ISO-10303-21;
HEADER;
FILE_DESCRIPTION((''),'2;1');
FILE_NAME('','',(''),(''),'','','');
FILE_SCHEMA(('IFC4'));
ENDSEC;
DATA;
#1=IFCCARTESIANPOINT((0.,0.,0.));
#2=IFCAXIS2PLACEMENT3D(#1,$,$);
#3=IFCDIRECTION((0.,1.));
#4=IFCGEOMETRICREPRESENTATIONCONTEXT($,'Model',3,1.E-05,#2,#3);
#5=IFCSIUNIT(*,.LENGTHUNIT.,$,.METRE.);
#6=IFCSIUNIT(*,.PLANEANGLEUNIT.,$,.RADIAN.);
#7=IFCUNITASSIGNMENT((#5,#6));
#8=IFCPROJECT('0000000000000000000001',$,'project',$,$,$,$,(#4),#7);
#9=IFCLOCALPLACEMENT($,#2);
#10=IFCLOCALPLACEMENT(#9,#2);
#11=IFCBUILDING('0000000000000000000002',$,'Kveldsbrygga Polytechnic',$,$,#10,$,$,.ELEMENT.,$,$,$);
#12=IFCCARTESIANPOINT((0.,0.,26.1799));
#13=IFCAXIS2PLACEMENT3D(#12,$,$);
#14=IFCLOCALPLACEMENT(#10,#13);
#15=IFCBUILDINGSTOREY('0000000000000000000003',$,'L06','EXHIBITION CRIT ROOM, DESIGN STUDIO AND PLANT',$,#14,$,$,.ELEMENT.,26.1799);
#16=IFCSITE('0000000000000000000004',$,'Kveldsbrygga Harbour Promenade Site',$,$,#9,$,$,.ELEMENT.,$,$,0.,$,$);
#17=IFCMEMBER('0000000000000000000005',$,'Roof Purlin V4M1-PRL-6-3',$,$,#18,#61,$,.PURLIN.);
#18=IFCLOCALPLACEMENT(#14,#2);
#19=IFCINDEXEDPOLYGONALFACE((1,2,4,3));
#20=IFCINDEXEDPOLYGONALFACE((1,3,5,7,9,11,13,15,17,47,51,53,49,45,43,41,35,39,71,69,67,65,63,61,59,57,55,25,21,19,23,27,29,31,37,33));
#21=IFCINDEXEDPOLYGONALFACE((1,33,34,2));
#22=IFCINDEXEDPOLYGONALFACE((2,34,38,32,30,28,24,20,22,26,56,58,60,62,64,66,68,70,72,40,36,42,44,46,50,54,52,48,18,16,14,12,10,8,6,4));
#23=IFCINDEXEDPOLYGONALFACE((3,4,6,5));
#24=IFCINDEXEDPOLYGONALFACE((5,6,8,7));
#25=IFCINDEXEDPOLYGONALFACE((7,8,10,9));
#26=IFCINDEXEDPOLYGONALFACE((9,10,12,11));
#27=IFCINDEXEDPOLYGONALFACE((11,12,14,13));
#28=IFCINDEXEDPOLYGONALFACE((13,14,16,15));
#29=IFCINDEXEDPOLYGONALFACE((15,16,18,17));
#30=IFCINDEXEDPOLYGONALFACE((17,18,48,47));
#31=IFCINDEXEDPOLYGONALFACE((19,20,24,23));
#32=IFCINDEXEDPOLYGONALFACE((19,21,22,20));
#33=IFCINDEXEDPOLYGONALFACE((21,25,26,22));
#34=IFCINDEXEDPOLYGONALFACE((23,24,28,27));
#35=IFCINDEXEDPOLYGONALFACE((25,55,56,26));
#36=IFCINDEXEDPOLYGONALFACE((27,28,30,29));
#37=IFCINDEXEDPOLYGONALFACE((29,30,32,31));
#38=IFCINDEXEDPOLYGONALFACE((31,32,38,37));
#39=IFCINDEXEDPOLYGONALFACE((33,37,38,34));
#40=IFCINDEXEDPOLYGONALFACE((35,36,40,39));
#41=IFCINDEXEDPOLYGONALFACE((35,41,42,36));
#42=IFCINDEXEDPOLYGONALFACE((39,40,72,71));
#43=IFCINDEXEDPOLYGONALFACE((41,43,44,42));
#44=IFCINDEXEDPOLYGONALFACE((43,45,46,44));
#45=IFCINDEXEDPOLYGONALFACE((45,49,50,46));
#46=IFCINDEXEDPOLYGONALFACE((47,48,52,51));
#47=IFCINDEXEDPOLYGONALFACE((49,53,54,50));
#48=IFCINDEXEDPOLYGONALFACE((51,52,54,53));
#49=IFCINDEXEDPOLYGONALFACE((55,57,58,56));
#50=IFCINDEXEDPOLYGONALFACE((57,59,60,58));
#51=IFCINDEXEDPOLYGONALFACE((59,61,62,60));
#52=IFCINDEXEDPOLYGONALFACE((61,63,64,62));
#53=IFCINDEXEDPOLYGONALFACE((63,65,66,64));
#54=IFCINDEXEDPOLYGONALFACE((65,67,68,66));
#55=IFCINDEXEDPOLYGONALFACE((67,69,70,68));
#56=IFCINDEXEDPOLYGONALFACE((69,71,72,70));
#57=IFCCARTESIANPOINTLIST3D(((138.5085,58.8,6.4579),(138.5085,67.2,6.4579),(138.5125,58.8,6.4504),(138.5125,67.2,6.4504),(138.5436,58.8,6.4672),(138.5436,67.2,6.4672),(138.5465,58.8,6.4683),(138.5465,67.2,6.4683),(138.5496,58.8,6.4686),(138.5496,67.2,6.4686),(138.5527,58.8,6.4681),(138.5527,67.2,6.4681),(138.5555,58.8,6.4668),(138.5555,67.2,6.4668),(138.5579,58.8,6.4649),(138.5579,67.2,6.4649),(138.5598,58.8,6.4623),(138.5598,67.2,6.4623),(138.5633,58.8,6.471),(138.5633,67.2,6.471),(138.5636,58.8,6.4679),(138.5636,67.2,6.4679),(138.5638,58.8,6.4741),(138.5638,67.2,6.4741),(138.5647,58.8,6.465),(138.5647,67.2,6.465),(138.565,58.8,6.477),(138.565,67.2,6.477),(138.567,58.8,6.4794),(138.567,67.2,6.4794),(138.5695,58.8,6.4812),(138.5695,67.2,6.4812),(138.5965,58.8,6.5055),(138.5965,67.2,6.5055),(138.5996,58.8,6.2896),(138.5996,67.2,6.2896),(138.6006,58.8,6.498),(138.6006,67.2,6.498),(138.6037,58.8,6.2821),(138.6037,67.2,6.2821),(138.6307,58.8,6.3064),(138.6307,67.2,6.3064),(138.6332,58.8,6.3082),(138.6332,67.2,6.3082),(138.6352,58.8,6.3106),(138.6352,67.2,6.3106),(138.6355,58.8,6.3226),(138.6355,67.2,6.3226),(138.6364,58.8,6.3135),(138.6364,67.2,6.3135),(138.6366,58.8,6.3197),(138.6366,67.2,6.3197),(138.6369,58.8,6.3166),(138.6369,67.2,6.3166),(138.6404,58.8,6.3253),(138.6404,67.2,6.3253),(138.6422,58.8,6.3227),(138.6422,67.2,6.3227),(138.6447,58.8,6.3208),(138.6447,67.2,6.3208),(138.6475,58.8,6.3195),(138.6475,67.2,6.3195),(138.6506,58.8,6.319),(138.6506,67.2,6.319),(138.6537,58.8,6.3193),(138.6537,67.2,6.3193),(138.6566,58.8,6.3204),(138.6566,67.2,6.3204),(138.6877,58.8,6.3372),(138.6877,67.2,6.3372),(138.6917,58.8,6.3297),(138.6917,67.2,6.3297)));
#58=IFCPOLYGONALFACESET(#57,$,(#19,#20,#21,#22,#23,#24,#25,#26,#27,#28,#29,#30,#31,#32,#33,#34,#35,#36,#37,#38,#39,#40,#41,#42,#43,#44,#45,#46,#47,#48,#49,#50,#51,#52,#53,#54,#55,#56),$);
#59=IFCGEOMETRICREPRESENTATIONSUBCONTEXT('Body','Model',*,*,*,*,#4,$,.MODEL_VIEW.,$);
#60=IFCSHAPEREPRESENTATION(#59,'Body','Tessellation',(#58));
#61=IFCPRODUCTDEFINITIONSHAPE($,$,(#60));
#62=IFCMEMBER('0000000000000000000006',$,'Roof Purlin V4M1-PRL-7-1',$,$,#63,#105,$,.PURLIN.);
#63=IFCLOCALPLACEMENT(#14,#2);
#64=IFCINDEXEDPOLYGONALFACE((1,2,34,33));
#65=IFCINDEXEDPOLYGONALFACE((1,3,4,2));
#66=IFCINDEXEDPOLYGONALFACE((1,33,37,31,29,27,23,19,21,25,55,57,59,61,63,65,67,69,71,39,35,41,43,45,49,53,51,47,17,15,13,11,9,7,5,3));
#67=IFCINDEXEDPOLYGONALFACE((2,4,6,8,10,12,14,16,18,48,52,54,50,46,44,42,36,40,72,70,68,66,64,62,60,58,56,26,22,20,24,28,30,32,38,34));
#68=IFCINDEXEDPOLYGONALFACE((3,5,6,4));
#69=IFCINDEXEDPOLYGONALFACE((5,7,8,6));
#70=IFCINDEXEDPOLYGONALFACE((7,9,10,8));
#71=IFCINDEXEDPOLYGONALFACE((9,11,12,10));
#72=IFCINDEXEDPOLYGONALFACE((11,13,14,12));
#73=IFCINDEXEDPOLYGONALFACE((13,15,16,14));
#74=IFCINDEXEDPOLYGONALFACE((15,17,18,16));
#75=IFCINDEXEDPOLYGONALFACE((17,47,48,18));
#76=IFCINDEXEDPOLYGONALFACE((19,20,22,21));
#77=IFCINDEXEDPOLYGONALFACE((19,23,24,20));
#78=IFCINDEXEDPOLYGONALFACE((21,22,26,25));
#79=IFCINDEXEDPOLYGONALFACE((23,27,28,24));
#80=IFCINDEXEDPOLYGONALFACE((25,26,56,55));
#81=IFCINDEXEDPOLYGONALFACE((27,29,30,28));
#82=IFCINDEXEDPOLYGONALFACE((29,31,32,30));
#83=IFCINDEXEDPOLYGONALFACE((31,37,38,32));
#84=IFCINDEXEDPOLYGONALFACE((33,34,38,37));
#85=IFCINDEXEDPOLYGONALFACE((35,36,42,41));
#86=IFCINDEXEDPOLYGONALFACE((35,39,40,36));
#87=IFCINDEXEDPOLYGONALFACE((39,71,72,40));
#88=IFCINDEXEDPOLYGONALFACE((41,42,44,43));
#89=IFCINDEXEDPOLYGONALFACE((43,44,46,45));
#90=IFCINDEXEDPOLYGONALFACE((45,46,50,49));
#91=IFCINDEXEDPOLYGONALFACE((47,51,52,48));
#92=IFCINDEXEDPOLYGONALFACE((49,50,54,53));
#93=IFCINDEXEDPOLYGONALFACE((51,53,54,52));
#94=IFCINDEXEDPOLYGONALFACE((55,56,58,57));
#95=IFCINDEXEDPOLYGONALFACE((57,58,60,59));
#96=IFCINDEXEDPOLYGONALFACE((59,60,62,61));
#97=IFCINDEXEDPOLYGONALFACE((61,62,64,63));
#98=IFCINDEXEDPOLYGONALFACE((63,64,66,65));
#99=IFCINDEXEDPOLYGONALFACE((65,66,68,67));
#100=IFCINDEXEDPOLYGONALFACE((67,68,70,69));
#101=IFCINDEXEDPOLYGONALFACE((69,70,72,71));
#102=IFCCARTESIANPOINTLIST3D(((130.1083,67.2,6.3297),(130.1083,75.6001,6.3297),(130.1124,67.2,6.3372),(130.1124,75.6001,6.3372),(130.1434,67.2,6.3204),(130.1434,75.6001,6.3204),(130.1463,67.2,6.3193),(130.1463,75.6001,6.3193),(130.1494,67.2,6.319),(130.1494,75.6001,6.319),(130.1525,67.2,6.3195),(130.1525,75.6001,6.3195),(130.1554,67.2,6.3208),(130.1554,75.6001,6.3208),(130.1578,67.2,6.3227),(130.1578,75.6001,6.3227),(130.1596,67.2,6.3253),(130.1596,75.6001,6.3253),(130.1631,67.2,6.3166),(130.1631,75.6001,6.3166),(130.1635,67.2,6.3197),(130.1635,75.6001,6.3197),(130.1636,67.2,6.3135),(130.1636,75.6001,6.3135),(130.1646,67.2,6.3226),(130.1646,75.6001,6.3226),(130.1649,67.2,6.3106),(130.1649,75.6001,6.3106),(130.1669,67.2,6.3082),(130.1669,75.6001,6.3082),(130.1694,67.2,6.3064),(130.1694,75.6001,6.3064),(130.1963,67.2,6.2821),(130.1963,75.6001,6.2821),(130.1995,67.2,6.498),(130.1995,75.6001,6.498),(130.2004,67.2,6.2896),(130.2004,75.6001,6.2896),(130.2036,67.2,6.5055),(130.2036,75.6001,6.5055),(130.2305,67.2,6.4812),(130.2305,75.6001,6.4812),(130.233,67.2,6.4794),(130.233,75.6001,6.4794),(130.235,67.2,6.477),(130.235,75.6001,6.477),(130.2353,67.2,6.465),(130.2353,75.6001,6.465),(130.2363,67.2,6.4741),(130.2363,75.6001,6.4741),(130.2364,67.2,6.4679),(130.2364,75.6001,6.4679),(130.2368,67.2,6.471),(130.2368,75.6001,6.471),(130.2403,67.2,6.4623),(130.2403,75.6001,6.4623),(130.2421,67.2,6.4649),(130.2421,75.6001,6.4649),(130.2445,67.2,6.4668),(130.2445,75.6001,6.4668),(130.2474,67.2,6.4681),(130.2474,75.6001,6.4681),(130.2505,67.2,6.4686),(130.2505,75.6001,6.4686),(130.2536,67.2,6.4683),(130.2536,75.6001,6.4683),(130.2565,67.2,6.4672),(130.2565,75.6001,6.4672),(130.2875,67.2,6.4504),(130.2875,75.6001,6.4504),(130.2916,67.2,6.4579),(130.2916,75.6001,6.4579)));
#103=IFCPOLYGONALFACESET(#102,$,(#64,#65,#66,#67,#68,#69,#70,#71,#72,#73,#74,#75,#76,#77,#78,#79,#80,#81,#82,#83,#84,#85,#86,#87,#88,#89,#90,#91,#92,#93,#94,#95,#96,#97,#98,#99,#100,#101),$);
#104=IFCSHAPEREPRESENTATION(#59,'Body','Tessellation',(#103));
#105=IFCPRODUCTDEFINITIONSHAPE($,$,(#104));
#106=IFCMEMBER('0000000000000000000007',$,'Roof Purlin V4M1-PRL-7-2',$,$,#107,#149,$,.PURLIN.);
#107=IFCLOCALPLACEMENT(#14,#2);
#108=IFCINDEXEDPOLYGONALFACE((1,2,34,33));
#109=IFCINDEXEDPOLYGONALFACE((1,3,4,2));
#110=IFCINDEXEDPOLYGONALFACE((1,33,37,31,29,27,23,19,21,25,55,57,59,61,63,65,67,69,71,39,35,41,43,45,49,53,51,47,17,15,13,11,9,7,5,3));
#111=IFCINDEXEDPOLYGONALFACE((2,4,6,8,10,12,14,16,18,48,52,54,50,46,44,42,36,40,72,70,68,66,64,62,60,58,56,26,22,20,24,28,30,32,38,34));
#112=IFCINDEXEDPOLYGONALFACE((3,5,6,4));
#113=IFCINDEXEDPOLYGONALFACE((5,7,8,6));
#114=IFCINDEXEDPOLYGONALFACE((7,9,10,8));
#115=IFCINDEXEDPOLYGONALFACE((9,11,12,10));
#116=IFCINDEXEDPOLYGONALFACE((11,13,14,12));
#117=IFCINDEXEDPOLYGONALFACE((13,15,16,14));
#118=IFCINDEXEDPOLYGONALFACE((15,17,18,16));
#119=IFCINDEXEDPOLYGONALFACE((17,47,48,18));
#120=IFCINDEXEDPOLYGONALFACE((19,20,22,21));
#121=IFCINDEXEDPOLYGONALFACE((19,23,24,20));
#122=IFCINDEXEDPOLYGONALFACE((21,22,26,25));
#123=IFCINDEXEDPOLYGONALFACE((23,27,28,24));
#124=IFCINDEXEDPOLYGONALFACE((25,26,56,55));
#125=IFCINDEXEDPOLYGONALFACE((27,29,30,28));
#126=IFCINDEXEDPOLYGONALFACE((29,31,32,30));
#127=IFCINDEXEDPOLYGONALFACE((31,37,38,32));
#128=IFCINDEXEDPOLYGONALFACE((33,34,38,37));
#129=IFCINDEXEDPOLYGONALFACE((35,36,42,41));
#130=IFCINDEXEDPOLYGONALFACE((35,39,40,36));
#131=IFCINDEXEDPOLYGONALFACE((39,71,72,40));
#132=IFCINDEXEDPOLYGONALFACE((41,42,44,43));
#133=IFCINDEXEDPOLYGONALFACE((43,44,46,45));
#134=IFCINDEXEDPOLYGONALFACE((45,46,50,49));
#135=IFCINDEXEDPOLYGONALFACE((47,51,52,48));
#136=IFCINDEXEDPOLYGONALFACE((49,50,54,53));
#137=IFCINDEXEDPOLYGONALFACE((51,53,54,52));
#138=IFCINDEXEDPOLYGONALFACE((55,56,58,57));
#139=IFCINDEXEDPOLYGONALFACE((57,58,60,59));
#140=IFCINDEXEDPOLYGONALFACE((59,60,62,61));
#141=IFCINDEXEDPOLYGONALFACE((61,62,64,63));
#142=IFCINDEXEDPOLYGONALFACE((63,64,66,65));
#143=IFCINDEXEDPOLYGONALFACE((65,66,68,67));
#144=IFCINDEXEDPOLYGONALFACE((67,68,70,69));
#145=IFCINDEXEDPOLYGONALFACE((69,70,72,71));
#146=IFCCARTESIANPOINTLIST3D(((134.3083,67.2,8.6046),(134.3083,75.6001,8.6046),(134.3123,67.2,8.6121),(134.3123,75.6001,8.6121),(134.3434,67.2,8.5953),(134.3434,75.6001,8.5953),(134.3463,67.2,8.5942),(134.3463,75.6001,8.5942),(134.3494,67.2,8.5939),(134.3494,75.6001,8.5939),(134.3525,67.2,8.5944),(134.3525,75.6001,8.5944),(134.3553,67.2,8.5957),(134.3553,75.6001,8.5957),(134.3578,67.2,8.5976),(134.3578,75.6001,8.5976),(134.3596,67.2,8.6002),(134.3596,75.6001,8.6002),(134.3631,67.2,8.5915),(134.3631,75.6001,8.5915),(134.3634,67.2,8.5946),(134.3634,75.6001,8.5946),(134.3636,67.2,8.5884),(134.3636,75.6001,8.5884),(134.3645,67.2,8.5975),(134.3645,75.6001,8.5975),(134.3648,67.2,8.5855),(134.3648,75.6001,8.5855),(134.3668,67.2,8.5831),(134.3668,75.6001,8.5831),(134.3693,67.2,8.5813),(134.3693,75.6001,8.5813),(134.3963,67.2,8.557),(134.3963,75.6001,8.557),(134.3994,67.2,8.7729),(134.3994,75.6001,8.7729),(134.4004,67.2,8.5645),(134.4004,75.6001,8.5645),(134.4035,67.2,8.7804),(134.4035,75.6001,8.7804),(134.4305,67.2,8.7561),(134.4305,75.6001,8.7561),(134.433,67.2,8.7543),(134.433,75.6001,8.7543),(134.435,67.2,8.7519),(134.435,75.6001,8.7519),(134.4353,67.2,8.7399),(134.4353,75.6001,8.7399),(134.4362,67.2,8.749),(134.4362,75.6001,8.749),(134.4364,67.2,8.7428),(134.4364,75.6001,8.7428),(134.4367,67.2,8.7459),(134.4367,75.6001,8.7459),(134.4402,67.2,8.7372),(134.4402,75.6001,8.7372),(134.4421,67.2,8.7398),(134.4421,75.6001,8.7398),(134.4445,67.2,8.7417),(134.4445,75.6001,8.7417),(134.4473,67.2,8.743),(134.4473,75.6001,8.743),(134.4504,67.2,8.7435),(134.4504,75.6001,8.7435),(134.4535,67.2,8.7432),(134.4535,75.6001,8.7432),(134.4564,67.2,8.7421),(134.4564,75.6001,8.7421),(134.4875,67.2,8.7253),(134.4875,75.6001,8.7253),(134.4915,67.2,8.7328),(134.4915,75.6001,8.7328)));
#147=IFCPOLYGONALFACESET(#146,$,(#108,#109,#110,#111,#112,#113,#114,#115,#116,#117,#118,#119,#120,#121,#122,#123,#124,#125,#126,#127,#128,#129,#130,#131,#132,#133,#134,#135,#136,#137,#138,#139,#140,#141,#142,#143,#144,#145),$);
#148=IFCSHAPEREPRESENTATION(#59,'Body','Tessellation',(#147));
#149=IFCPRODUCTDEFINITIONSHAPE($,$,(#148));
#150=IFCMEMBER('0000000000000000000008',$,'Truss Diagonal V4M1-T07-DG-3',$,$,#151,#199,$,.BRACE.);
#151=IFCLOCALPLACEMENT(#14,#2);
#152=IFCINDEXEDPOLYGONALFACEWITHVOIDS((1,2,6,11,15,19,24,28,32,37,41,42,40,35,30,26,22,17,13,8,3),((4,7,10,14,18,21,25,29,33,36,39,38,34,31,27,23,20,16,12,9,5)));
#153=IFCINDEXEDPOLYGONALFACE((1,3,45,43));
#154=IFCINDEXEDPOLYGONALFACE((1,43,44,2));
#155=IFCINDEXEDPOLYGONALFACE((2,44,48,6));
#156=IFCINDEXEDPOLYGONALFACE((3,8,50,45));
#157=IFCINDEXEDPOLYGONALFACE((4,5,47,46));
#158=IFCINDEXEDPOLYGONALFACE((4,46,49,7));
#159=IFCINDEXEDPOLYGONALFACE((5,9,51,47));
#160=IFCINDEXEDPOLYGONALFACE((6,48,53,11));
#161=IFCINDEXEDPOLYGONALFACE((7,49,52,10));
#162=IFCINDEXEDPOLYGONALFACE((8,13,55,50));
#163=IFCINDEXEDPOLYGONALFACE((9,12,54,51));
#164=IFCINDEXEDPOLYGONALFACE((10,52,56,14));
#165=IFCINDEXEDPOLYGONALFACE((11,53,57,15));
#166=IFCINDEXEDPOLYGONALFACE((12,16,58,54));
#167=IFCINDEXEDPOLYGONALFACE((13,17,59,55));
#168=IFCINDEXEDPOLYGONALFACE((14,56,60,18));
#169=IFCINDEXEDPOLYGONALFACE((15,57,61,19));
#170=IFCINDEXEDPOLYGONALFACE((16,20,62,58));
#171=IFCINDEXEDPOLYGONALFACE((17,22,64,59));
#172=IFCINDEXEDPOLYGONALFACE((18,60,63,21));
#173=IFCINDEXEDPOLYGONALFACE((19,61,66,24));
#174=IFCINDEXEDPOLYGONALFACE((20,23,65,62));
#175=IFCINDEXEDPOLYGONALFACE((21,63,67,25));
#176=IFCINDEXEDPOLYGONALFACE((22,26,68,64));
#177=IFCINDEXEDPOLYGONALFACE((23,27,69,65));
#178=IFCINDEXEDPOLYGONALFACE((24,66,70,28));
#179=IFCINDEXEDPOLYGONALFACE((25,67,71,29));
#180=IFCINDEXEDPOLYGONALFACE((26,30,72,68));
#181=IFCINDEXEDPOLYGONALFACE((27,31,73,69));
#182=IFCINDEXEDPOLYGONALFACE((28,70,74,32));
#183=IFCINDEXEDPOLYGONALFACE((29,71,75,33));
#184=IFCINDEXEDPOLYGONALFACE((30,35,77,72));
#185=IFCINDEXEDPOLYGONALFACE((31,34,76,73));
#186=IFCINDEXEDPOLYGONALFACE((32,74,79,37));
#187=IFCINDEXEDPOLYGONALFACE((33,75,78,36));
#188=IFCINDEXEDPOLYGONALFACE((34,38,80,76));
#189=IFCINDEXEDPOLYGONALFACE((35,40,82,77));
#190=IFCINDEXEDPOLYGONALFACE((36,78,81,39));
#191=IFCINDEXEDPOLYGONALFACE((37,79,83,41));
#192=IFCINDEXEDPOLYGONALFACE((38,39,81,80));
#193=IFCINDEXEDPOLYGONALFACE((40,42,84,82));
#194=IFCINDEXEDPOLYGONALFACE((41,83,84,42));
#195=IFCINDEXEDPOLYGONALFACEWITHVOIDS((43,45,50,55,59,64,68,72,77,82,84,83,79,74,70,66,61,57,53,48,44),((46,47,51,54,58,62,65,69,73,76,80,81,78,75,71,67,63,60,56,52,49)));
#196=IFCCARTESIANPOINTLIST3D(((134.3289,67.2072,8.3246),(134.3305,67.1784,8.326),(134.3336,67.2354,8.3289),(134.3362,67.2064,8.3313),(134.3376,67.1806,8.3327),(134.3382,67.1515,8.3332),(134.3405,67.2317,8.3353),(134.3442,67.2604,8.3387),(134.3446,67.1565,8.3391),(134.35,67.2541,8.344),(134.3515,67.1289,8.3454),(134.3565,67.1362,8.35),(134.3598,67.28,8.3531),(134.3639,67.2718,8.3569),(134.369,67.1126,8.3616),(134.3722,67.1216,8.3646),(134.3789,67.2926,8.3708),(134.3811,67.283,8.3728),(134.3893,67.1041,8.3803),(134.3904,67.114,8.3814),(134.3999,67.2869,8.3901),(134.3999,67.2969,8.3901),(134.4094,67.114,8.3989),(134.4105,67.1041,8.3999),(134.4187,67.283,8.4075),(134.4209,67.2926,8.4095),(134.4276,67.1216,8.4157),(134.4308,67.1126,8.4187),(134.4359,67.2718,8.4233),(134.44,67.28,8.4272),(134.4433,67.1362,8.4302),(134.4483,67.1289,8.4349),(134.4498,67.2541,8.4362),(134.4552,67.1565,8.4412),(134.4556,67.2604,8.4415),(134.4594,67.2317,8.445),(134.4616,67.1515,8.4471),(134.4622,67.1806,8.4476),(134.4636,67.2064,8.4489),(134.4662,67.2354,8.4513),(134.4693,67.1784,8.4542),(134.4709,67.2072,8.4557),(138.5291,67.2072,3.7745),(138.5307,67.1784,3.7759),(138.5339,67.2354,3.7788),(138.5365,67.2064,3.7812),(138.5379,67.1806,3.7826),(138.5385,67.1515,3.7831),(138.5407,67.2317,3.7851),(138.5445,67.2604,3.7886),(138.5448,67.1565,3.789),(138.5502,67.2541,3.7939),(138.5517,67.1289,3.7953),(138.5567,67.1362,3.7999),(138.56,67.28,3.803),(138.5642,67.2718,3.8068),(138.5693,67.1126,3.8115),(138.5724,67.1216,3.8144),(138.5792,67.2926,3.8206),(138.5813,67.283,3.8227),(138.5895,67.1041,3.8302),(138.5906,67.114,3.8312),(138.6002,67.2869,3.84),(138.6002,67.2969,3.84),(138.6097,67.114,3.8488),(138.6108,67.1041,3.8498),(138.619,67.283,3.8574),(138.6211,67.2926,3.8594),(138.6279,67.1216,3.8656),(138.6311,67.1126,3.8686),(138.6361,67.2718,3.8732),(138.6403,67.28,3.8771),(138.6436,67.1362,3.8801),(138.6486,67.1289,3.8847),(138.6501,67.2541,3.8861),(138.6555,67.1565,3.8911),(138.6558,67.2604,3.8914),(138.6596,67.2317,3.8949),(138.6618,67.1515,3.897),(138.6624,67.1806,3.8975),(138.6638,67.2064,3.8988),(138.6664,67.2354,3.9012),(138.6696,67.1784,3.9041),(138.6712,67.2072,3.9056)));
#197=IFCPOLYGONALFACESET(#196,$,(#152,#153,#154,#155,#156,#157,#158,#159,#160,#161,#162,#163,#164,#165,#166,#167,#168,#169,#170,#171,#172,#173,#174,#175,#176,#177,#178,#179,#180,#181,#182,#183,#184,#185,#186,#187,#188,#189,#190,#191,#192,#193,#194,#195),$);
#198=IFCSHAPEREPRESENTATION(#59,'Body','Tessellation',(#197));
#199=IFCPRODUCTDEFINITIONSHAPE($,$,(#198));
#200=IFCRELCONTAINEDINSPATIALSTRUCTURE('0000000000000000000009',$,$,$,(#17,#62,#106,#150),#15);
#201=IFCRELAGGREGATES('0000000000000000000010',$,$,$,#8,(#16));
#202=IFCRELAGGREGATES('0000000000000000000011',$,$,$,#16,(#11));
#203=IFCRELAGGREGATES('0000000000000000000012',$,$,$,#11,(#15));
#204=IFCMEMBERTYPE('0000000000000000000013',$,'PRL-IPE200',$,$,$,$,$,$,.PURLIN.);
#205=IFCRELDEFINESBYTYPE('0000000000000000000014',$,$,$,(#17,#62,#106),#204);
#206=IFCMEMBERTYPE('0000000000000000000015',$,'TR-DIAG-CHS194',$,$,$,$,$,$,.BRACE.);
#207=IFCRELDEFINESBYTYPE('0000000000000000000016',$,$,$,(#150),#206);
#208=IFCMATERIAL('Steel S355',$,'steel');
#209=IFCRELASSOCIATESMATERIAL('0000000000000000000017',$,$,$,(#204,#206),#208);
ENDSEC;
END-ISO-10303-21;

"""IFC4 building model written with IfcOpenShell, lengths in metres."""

from ifc_helpers import new_model, si_unit, direction, frame, origin, origin_2d, place, context, subcontext, project, spatial, hollow_circle, i_section, extrude, material, material_profile, profile_set, type_object, element, save


model = new_model("IFC4")

# Units and contexts
model_context = context("Model", 3, precision=1e-05, world=origin(), true_north=direction((0.0, 1.0)))
body_context = subcontext(model_context, "Body", "Model", "MODEL_VIEW")
ifc_project = project(units=[si_unit("LENGTHUNIT", "METRE"), si_unit("PLANEANGLEUNIT", "RADIAN")], contexts=[model_context])

# Site, building, storey
site_placement = place(None, origin())
site = spatial("IfcSite", under=ifc_project, at=site_placement, Name="Kveldsbrygga Harbour Promenade Site", CompositionType="ELEMENT", RefElevation=0.0)
building_placement = place(site_placement, origin())
building = spatial("IfcBuilding", under=site, at=building_placement, Name="Kveldsbrygga Polytechnic", CompositionType="ELEMENT")
storey_placement = place(building_placement, frame((0.0, 0.0, 26.1799)))
storey = spatial("IfcBuildingStorey", under=building, at=storey_placement, Name="L06", Description="EXHIBITION CRIT ROOM, DESIGN STUDIO AND PLANT", CompositionType="ELEMENT", Elevation=26.1799)

# Shared definitions
ifc_material_1 = material(Name="Steel S355", Category="steel")

# Members
ifc_material_profile_1 = material_profile(ifc_material_1, i_section(OverallWidth=0.1001, OverallDepth=0.2, WebThickness=0.0056, FlangeThickness=0.0085, FilletRadius=0.012, at=origin_2d()), Name="IPE 200")
ifc_profile_set_1 = profile_set([ifc_material_profile_1], Name="Steel S355")
member_type_1 = type_object("IfcMemberType", Name="PRL-IPE200", PredefinedType="PURLIN", material=ifc_profile_set_1)
for number, where, z_axis, x_axis, name in (
    (1, (138.6001, 58.8, 6.3938), (0.0, 1.0, 0.0), (-0.879292, 0.0, -0.476283), "Roof Purlin V4M1-PRL-6-3"),
):
    element("IfcMember", number, at=place(storey_placement, frame(where, z_axis=z_axis, x_axis=x_axis)), inside=storey, type_object=member_type_1, Name=name, PredefinedType="PURLIN", context=body_context, shape_type="SweptSolid", body=[
        extrude(i_section(OverallWidth=0.1001, OverallDepth=0.2, WebThickness=0.0056, FlangeThickness=0.0085, FilletRadius=0.012, at=origin_2d()), origin(), (0.0, 0.0, 1.0), 8.3999),
    ])
for number, where, z_axis, x_axis, name in (
    (2, (130.2, 67.2, 6.3938), (0.0, 1.0, 0.0), (-0.879292, 0.0, 0.476283), "Roof Purlin V4M1-PRL-7-1"),
    (3, (134.3999, 67.2, 8.6687), (0.0, 1.0, 0.0), (-0.879292, 0.0, 0.476283), "Roof Purlin V4M1-PRL-7-2"),
):
    element("IfcMember", number, at=place(storey_placement, frame(where, z_axis=z_axis, x_axis=x_axis)), inside=storey, type_object=member_type_1, Name=name, PredefinedType="PURLIN", context=body_context, shape_type="SweptSolid", body=[
        extrude(i_section(OverallWidth=0.1001, OverallDepth=0.2, WebThickness=0.0056, FlangeThickness=0.0085, FilletRadius=0.012, at=origin_2d()), origin(), (0.0, 0.0, 1.0), 8.4001),
    ])
ifc_material_profile_2 = material_profile(ifc_material_1, hollow_circle(Radius=0.0969, WallThickness=0.01, at=origin_2d()), Name="CHS 193.7x10.0")
ifc_profile_set_2 = profile_set([ifc_material_profile_2], Name="Steel S355")
member_type_2 = type_object("IfcMemberType", Name="TR-DIAG-CHS194", PredefinedType="BRACE", material=ifc_profile_set_2)
member_1_placement = place(storey_placement, frame((134.3999, 67.2, 8.3901), z_axis=(0.678293, 0.0, -0.734791), x_axis=(0.0, 1.0, 0.0)))
element("IfcMember", 4, at=member_1_placement, inside=storey, type_object=member_type_2, Name="Truss Diagonal V4M1-T07-DG-3", PredefinedType="BRACE", context=body_context, shape_type="SweptSolid", body=[
    extrude(hollow_circle(Radius=0.0969, WallThickness=0.01, at=origin_2d()), origin(), (0.0, 0.0, 1.0), 6.1924),
])

save(model, "model.ifc")
